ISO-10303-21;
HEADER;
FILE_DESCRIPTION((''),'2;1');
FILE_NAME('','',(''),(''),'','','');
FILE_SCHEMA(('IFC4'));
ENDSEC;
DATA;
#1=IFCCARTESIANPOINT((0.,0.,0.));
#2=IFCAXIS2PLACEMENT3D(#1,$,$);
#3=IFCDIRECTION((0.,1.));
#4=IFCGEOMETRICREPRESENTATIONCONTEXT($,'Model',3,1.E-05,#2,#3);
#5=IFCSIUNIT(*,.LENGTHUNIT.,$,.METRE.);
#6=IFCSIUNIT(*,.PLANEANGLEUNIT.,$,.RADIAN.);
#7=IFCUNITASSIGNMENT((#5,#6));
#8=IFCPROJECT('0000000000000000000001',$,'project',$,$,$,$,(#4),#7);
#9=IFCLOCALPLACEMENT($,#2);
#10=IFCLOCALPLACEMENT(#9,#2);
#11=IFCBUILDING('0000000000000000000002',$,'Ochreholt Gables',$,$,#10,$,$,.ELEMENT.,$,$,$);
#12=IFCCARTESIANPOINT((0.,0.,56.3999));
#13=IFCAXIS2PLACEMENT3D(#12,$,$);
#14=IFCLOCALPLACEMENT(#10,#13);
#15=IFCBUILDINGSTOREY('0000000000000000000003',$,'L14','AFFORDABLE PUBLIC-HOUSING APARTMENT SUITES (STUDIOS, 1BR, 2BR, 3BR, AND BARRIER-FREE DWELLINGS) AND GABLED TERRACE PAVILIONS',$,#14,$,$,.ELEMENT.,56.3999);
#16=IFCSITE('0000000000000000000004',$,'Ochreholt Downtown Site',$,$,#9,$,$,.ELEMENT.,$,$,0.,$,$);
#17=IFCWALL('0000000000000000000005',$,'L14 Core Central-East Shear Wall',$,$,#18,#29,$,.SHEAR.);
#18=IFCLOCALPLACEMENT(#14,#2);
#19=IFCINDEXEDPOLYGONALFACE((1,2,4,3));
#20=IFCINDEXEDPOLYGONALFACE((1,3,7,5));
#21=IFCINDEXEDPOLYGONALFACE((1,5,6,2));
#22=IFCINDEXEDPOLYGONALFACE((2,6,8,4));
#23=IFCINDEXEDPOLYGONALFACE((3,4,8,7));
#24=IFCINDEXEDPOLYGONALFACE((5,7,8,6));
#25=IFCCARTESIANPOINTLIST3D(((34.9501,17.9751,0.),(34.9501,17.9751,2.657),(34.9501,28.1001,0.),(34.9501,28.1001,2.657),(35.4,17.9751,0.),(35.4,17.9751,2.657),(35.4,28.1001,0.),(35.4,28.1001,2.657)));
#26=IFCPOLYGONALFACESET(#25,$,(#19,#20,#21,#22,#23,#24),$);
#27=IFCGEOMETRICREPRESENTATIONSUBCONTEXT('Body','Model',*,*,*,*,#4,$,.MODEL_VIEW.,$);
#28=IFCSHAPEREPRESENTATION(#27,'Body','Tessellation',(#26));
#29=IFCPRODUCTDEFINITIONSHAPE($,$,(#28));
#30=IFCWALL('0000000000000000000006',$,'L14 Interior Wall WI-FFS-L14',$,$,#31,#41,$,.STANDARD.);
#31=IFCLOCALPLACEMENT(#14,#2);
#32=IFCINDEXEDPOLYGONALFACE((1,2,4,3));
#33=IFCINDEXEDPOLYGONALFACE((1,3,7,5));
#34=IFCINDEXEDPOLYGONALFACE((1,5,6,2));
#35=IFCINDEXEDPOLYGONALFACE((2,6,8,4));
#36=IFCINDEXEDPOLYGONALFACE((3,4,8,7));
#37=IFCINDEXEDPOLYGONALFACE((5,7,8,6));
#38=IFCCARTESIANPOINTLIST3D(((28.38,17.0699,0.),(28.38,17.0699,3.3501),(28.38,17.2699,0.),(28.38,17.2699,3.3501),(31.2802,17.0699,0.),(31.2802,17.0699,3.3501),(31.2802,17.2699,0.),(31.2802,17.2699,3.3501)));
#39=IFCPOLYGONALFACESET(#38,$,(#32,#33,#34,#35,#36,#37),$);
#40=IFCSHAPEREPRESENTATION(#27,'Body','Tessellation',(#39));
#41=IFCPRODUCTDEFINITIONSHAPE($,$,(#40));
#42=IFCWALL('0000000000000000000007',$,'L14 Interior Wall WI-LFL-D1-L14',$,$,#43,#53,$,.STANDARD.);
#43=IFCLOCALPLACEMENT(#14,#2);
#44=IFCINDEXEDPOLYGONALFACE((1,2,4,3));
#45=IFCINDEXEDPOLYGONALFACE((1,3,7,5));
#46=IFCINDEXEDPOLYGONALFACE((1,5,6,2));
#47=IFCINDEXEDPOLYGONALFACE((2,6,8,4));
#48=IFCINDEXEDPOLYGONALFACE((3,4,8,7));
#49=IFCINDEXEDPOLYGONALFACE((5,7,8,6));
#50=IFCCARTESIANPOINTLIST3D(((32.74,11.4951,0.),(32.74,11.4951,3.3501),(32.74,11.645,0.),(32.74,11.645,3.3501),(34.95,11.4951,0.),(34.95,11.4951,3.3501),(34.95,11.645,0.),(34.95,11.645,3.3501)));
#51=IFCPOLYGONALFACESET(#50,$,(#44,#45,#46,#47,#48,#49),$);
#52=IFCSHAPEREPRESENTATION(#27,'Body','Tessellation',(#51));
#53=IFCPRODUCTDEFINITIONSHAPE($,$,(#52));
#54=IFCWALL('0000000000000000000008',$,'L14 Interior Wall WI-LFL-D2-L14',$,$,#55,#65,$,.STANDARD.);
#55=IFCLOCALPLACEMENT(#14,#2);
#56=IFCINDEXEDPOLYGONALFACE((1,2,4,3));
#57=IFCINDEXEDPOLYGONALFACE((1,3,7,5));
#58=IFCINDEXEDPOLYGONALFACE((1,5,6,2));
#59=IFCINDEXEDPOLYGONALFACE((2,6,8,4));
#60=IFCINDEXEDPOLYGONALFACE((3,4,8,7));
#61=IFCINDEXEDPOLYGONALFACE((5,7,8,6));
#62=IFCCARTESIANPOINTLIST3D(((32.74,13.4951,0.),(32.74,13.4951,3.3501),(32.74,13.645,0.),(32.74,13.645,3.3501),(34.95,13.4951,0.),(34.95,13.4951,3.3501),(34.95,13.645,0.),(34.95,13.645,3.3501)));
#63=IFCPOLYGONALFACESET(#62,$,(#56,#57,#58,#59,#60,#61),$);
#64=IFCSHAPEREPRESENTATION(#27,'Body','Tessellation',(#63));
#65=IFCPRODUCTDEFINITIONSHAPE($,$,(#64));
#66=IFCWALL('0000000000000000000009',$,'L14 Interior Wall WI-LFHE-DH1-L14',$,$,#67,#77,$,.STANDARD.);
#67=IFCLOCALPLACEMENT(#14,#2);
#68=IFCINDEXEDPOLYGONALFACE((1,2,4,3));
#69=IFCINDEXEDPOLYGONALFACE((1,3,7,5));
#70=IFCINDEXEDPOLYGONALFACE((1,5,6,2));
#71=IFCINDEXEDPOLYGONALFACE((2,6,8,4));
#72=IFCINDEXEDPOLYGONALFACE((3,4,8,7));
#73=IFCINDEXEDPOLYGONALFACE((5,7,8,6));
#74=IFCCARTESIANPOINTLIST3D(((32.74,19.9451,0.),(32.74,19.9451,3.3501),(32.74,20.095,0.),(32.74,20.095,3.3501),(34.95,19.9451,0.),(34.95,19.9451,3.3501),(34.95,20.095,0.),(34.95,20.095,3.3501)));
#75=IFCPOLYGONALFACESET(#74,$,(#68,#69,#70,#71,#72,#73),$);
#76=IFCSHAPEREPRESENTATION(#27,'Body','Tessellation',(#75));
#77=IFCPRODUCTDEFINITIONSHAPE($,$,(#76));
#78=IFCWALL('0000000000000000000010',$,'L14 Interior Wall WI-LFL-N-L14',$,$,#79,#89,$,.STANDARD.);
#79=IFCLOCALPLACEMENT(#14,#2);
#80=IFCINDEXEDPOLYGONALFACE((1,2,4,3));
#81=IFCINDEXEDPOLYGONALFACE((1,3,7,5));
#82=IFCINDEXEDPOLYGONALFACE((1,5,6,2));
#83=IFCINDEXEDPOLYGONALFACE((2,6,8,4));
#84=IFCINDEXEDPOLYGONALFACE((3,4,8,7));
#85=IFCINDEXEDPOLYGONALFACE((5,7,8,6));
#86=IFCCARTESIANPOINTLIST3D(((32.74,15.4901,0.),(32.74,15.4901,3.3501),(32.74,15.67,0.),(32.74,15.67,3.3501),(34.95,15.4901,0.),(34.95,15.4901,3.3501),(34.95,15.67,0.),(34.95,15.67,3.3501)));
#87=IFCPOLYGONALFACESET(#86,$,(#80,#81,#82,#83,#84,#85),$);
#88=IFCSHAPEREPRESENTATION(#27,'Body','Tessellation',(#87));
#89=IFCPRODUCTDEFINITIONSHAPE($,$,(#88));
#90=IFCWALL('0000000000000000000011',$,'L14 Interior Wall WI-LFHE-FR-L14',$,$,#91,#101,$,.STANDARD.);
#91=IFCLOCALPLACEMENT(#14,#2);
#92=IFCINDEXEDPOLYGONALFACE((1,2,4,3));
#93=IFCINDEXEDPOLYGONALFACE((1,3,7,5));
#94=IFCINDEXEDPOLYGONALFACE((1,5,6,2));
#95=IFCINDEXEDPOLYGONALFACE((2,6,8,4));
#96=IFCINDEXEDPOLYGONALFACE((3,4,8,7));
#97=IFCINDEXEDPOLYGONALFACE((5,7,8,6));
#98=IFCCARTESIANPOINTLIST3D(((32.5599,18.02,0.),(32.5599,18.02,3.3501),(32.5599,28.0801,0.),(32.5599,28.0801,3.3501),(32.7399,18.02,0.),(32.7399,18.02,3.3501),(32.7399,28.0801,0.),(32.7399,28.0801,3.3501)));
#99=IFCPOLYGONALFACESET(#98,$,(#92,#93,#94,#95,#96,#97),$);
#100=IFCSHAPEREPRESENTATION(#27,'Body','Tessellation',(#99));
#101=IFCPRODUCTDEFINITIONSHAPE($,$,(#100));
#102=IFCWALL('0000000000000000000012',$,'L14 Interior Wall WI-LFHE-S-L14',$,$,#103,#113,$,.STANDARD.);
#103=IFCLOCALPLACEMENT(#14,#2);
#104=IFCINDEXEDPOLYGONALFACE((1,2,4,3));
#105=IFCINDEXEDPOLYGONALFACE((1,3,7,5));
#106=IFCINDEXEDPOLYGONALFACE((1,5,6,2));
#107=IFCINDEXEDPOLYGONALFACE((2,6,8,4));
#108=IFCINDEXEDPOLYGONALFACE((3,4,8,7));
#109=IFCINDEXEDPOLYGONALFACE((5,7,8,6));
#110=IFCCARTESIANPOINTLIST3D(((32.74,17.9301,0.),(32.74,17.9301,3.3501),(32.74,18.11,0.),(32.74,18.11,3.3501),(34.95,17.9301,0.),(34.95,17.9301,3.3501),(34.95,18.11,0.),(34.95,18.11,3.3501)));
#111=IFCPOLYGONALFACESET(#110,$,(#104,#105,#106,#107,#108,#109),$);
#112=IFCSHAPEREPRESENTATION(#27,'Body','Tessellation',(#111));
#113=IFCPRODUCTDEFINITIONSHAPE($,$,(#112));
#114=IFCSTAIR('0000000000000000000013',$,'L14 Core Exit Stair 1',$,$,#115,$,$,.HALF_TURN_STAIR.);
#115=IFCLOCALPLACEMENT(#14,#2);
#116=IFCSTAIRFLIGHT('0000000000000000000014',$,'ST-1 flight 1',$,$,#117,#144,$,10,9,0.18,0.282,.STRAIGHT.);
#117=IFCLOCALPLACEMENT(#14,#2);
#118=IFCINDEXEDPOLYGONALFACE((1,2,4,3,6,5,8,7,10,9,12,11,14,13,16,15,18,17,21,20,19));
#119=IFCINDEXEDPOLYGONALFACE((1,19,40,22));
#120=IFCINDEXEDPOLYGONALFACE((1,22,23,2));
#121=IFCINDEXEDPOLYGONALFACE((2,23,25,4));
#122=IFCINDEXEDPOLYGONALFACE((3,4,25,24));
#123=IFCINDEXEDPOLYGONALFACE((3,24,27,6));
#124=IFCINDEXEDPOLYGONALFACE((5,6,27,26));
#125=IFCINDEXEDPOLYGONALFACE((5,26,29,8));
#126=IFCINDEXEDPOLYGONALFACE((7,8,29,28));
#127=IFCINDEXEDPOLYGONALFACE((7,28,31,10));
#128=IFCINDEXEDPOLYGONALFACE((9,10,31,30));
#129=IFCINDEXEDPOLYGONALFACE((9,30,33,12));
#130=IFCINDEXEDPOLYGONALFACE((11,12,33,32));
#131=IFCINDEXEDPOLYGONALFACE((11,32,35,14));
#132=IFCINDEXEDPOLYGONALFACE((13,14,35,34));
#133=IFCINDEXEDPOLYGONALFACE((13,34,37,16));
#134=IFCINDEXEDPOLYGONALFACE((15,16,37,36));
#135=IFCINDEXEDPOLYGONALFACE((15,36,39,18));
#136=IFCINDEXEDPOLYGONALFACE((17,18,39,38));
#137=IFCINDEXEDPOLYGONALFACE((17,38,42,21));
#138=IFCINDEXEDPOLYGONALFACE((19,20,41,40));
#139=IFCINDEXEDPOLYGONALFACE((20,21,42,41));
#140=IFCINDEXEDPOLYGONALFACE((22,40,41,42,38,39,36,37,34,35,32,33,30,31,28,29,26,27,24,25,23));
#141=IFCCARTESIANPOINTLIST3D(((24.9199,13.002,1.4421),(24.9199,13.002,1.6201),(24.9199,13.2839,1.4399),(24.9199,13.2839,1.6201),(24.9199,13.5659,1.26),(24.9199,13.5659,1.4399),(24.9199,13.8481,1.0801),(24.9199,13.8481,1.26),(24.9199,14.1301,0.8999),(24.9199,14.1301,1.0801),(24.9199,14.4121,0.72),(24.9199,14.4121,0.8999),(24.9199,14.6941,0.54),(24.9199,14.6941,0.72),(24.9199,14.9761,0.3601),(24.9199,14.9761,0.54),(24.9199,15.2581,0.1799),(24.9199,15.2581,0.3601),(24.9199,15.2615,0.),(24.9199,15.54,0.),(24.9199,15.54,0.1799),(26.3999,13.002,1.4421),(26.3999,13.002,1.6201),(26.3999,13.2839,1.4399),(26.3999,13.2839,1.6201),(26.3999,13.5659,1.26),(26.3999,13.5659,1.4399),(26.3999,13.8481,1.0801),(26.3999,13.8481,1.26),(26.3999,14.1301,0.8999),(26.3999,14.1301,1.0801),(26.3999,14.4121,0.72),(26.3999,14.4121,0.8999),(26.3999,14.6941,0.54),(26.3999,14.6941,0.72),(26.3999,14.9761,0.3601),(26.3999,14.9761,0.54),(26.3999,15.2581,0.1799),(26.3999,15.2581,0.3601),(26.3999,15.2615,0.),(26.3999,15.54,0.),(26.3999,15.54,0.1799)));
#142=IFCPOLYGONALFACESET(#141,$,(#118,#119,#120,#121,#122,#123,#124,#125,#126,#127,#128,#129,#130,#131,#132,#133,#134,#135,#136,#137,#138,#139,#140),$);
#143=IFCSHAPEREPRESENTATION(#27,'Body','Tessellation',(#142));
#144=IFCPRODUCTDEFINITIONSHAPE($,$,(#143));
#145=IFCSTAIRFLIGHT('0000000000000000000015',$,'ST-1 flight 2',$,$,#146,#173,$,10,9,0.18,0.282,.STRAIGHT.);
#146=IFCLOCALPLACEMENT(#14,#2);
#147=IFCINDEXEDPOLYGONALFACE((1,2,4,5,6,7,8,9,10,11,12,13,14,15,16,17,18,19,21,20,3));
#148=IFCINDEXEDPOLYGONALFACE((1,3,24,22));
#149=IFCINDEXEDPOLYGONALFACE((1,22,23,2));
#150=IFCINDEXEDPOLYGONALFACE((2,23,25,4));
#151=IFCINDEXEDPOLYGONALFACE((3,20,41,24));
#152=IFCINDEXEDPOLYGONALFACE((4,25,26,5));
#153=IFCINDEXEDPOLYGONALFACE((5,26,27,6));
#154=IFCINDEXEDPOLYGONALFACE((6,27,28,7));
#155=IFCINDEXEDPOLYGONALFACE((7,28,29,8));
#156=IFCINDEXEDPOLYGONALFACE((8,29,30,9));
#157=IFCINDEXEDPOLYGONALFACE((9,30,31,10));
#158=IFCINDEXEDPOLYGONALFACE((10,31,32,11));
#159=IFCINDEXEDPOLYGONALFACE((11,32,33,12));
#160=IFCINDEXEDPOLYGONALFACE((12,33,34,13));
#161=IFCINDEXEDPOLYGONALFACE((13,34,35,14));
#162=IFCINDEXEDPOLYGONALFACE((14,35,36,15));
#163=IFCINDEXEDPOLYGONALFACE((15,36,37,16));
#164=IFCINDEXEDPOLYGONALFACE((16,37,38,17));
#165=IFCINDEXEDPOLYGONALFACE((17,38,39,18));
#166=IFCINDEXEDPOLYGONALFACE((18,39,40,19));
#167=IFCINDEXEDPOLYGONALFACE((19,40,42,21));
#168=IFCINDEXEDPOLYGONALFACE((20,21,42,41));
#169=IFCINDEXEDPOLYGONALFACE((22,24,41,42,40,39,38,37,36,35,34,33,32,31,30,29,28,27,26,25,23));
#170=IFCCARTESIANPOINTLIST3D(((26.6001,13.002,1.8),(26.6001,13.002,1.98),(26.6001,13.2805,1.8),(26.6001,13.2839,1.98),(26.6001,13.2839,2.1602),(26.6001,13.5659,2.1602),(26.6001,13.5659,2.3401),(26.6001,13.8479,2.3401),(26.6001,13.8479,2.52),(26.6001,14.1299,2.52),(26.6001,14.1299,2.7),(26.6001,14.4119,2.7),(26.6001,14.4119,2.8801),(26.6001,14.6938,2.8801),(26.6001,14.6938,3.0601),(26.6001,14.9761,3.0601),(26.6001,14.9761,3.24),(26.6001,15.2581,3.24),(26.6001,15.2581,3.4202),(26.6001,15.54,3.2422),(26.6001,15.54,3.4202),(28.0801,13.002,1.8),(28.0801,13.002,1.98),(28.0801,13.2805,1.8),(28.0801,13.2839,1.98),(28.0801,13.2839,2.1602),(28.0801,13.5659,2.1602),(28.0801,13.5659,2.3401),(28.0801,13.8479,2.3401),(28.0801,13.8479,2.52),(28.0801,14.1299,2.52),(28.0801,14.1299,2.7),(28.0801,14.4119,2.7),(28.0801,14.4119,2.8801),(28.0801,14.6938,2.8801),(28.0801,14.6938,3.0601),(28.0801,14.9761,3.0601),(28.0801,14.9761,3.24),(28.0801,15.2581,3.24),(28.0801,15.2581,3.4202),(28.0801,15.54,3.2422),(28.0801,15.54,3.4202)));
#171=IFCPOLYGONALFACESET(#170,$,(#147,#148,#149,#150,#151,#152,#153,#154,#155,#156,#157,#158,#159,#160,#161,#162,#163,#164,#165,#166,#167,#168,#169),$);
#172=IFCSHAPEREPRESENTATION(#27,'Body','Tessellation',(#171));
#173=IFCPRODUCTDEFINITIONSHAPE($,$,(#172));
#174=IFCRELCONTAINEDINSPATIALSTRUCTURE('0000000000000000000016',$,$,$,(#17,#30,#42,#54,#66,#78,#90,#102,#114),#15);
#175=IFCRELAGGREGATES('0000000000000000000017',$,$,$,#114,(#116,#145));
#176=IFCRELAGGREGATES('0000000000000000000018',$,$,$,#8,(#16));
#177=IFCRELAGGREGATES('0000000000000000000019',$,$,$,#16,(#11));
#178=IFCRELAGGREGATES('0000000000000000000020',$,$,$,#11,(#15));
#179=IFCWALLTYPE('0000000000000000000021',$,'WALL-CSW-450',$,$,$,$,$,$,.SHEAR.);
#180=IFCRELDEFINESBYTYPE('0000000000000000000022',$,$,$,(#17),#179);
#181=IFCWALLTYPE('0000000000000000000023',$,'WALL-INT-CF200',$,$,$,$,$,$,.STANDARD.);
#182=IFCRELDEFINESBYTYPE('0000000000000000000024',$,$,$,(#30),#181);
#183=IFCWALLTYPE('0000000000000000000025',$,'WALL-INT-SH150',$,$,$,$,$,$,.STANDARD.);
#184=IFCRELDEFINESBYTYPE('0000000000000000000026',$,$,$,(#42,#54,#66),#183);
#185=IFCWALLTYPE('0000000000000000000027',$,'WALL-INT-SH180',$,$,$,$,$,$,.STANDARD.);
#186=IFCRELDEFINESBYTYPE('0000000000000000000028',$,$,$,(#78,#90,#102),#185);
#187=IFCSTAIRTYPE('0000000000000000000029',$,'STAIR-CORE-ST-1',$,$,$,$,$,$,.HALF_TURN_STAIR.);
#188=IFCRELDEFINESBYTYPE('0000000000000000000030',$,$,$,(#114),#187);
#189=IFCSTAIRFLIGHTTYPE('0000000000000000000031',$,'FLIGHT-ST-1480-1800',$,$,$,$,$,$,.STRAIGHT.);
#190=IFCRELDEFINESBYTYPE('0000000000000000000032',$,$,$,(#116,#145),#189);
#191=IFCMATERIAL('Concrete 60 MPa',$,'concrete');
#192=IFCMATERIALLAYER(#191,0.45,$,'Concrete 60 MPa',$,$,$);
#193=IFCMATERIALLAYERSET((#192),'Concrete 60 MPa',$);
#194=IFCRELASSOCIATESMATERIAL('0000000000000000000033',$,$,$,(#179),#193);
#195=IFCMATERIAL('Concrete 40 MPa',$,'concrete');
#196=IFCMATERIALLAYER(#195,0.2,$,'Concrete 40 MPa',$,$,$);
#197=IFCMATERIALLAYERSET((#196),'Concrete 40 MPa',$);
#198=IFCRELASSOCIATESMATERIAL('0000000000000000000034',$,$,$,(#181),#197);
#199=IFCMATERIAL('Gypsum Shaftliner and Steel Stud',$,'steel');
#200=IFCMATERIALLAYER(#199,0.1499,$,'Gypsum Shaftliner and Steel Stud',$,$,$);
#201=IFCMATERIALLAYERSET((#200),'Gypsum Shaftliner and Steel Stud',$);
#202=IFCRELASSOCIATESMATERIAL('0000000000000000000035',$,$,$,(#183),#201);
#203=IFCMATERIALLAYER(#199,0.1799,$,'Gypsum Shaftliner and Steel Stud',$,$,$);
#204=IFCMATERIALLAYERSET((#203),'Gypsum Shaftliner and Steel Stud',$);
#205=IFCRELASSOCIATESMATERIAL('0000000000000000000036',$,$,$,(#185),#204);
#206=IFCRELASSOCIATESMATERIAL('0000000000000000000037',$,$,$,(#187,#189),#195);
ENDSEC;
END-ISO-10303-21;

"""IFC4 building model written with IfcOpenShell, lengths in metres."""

from ifc_helpers import new_model, si_unit, direction, frame, frame_2d, origin, place, context, subcontext, project, spatial, polyline, rectangle, outline, extrude, material, layer, layer_set, type_object, element, aggregate, save


model = new_model("IFC4")

# Units and contexts
model_context = context("Model", 3, precision=1e-05, world=origin(), true_north=direction((0.0, 1.0)))
body_context = subcontext(model_context, "Body", "Model", "MODEL_VIEW")
ifc_project = project(units=[si_unit("LENGTHUNIT", "METRE"), si_unit("PLANEANGLEUNIT", "RADIAN")], contexts=[model_context])

# Site, building, storey
site_placement = place(None, origin())
site = spatial("IfcSite", under=ifc_project, at=site_placement, Name="Ochreholt Downtown Site", CompositionType="ELEMENT", RefElevation=0.0)
building_placement = place(site_placement, origin())
building = spatial("IfcBuilding", under=site, at=building_placement, Name="Ochreholt Gables", CompositionType="ELEMENT")
storey_placement = place(building_placement, frame((0.0, 0.0, 56.3999)))
storey = spatial("IfcBuildingStorey", under=building, at=storey_placement, Name="L14", Description="AFFORDABLE PUBLIC-HOUSING APARTMENT SUITES (STUDIOS, 1BR, 2BR, 3BR, AND BARRIER-FREE DWELLINGS) AND GABLED TERRACE PAVILIONS", CompositionType="ELEMENT", Elevation=56.3999)

# Walls
ifc_material_1 = material(Name="Concrete 60 MPa", Category="concrete")
ifc_layer_1 = layer(ifc_material_1, 0.45, Name="Concrete 60 MPa")
ifc_layer_set_1 = layer_set([ifc_layer_1], Name="Concrete 60 MPa")
wall_type_1 = type_object("IfcWallType", Name="WALL-CSW-450", PredefinedType="SHEAR", material=ifc_layer_set_1)
wall_1_placement = place(storey_placement, frame((35.175, 17.9751, 0.0), z_axis=(0.0, 0.0, 1.0), x_axis=(0.0, 1.0, 0.0)))
element("IfcWall", 1, at=wall_1_placement, inside=storey, type_object=wall_type_1, Name="L14 Core Central-East Shear Wall", PredefinedType="SHEAR", context=body_context, shape_type="SweptSolid", body=[
    extrude(rectangle(XDim=10.125, YDim=0.45, at=frame_2d((5.0625, 0.0))), origin(), (0.0, 0.0, 1.0), 2.657),
])
ifc_material_2 = material(Name="Concrete 40 MPa", Category="concrete")
ifc_layer_2 = layer(ifc_material_2, 0.2, Name="Concrete 40 MPa")
ifc_layer_set_2 = layer_set([ifc_layer_2], Name="Concrete 40 MPa")
wall_type_2 = type_object("IfcWallType", Name="WALL-INT-CF200", PredefinedType="STANDARD", material=ifc_layer_set_2)
wall_2_placement = place(storey_placement, frame((28.3799, 17.1699, 0.0), z_axis=(0.0, 0.0, 1.0), x_axis=(1.0, 0.0, 0.0)))
element("IfcWall", 2, at=wall_2_placement, inside=storey, type_object=wall_type_2, Name="L14 Interior Wall WI-FFS-L14", PredefinedType="STANDARD", context=body_context, shape_type="SweptSolid", body=[
    extrude(rectangle(XDim=2.9001, YDim=0.2, at=frame_2d((1.4502, 0.0))), origin(), (0.0, 0.0, 1.0), 3.3501),
])

# Walls
ifc_material_3 = material(Name="Gypsum Shaftliner and Steel Stud", Category="steel")
ifc_layer_3 = layer(ifc_material_3, 0.1499, Name="Gypsum Shaftliner and Steel Stud")
ifc_layer_set_3 = layer_set([ifc_layer_3], Name="Gypsum Shaftliner and Steel Stud")
wall_type_3 = type_object("IfcWallType", Name="WALL-INT-SH150", PredefinedType="STANDARD", material=ifc_layer_set_3)
for number, where, z_axis, x_axis, name in (
    (3, (32.74, 11.5701, 0.0), (0.0, 0.0, 1.0), (1.0, 0.0, 0.0), "L14 Interior Wall WI-LFL-D1-L14"),
    (4, (32.74, 13.5701, 0.0), (0.0, 0.0, 1.0), (1.0, 0.0, 0.0), "L14 Interior Wall WI-LFL-D2-L14"),
    (5, (32.74, 20.02, 0.0), (0.0, 0.0, 1.0), (1.0, 0.0, 0.0), "L14 Interior Wall WI-LFHE-DH1-L14"),
):
    element("IfcWall", number, at=place(storey_placement, frame(where, z_axis=z_axis, x_axis=x_axis)), inside=storey, type_object=wall_type_3, Name=name, PredefinedType="STANDARD", context=body_context, shape_type="SweptSolid", body=[
        extrude(rectangle(XDim=2.21, YDim=0.1499, at=frame_2d((1.105, 0.0))), origin(), (0.0, 0.0, 1.0), 3.3501),
    ])
ifc_layer_4 = layer(ifc_material_3, 0.1799, Name="Gypsum Shaftliner and Steel Stud")
ifc_layer_set_4 = layer_set([ifc_layer_4], Name="Gypsum Shaftliner and Steel Stud")
wall_type_4 = type_object("IfcWallType", Name="WALL-INT-SH180", PredefinedType="STANDARD", material=ifc_layer_set_4)
wall_3_placement = place(storey_placement, frame((32.74, 15.5801, 0.0), z_axis=(0.0, 0.0, 1.0), x_axis=(1.0, 0.0, 0.0)))
element("IfcWall", 6, at=wall_3_placement, inside=storey, type_object=wall_type_4, Name="L14 Interior Wall WI-LFL-N-L14", PredefinedType="STANDARD", context=body_context, shape_type="SweptSolid", body=[
    extrude(rectangle(XDim=2.21, YDim=0.1799, at=frame_2d((1.105, 0.0))), origin(), (0.0, 0.0, 1.0), 3.3501),
])
wall_4_placement = place(storey_placement, frame((32.6499, 18.02, 0.0), z_axis=(0.0, 0.0, 1.0), x_axis=(0.0, 1.0, 0.0)))
element("IfcWall", 7, at=wall_4_placement, inside=storey, type_object=wall_type_4, Name="L14 Interior Wall WI-LFHE-FR-L14", PredefinedType="STANDARD", context=body_context, shape_type="SweptSolid", body=[
    extrude(rectangle(XDim=10.0601, YDim=0.1799, at=frame_2d((5.03, 0.0))), origin(), (0.0, 0.0, 1.0), 3.3501),
])
wall_5_placement = place(storey_placement, frame((32.74, 18.02, 0.0), z_axis=(0.0, 0.0, 1.0), x_axis=(1.0, 0.0, 0.0)))
element("IfcWall", 8, at=wall_5_placement, inside=storey, type_object=wall_type_4, Name="L14 Interior Wall WI-LFHE-S-L14", PredefinedType="STANDARD", context=body_context, shape_type="SweptSolid", body=[
    extrude(rectangle(XDim=2.21, YDim=0.1799, at=frame_2d((1.105, 0.0))), origin(), (0.0, 0.0, 1.0), 3.3501),
])

# Stair, stair flights
stair_type = type_object("IfcStairType", Name="STAIR-CORE-ST-1", PredefinedType="HALF_TURN_STAIR", material=ifc_material_2)
stair_placement = place(storey_placement, origin())
stair = element("IfcStair", 9, at=stair_placement, inside=storey, type_object=stair_type, Name="L14 Core Exit Stair 1", PredefinedType="HALF_TURN_STAIR")
stair_flight_type = type_object("IfcStairFlightType", Name="FLIGHT-ST-1480-1800", PredefinedType="STRAIGHT", material=ifc_material_2)
stair_flight_1_placement = place(storey_placement, frame((25.6599, 15.54, 0.0), z_axis=(0.0, 0.0, 1.0), x_axis=(0.0, -1.0, 0.0)))
stair_flight_1 = element("IfcStairFlight", 10, at=stair_flight_1_placement, type_object=stair_flight_type, Name="ST-1 flight 1", NumberOfRisers=10, NumberOfTreads=9, PredefinedType="STRAIGHT", RiserHeight=0.18, TreadLength=0.282, context=body_context, shape_type="SweptSolid", body=[
    extrude(outline(polyline([(0.0, 0.0), (0.0, 0.1799), (0.282, 0.1799), (0.282, 0.3601), (0.564, 0.3601), (0.564, 0.54), (0.8459, 0.54), (0.8459, 0.72), (1.1279, 0.72), (1.1279, 0.8999), (1.4099, 0.8999), (1.4099, 1.0801), (1.6919, 1.0801), (1.6919, 1.26), (1.9741, 1.26), (1.9741, 1.4399), (2.2561, 1.4399), (2.2561, 1.6201), (2.5381, 1.6201), (2.5381, 1.8), (2.5381, 1.4421), (0.2786, 0.0), (0.0, 0.0)])), frame((0.0, 0.74, 0.0), z_axis=(0.0, -1.0, 0.0), x_axis=(1.0, 0.0, 0.0)), (0.0, 0.0, 1.0), 1.48),
])
stair_flight_2_placement = place(storey_placement, frame((27.3401, 13.002, 1.8), z_axis=(0.0, 0.0, 1.0), x_axis=(0.0, 1.0, 0.0)))
stair_flight_2 = element("IfcStairFlight", 11, at=stair_flight_2_placement, type_object=stair_flight_type, Name="ST-1 flight 2", NumberOfRisers=10, NumberOfTreads=9, PredefinedType="STRAIGHT", RiserHeight=0.18, TreadLength=0.282, context=body_context, shape_type="SweptSolid", body=[
    extrude(outline(polyline([(0.0, 0.0), (0.0, 0.1799), (0.282, 0.1799), (0.282, 0.3601), (0.564, 0.3601), (0.564, 0.54), (0.8459, 0.54), (0.8459, 0.72), (1.1279, 0.72), (1.1279, 0.8999), (1.4099, 0.8999), (1.4099, 1.0801), (1.6919, 1.0801), (1.6919, 1.26), (1.9741, 1.26), (1.9741, 1.4399), (2.2561, 1.4399), (2.2561, 1.6201), (2.5381, 1.6201), (2.5381, 1.8), (2.5381, 1.4421), (0.2786, 0.0), (0.0, 0.0)])), frame((0.0, 0.74, 0.0), z_axis=(0.0, -1.0, 0.0), x_axis=(1.0, 0.0, 0.0)), (0.0, 0.0, 1.0), 1.48),
])
aggregate(stair, [stair_flight_1, stair_flight_2])

save(model, "model.ifc")
